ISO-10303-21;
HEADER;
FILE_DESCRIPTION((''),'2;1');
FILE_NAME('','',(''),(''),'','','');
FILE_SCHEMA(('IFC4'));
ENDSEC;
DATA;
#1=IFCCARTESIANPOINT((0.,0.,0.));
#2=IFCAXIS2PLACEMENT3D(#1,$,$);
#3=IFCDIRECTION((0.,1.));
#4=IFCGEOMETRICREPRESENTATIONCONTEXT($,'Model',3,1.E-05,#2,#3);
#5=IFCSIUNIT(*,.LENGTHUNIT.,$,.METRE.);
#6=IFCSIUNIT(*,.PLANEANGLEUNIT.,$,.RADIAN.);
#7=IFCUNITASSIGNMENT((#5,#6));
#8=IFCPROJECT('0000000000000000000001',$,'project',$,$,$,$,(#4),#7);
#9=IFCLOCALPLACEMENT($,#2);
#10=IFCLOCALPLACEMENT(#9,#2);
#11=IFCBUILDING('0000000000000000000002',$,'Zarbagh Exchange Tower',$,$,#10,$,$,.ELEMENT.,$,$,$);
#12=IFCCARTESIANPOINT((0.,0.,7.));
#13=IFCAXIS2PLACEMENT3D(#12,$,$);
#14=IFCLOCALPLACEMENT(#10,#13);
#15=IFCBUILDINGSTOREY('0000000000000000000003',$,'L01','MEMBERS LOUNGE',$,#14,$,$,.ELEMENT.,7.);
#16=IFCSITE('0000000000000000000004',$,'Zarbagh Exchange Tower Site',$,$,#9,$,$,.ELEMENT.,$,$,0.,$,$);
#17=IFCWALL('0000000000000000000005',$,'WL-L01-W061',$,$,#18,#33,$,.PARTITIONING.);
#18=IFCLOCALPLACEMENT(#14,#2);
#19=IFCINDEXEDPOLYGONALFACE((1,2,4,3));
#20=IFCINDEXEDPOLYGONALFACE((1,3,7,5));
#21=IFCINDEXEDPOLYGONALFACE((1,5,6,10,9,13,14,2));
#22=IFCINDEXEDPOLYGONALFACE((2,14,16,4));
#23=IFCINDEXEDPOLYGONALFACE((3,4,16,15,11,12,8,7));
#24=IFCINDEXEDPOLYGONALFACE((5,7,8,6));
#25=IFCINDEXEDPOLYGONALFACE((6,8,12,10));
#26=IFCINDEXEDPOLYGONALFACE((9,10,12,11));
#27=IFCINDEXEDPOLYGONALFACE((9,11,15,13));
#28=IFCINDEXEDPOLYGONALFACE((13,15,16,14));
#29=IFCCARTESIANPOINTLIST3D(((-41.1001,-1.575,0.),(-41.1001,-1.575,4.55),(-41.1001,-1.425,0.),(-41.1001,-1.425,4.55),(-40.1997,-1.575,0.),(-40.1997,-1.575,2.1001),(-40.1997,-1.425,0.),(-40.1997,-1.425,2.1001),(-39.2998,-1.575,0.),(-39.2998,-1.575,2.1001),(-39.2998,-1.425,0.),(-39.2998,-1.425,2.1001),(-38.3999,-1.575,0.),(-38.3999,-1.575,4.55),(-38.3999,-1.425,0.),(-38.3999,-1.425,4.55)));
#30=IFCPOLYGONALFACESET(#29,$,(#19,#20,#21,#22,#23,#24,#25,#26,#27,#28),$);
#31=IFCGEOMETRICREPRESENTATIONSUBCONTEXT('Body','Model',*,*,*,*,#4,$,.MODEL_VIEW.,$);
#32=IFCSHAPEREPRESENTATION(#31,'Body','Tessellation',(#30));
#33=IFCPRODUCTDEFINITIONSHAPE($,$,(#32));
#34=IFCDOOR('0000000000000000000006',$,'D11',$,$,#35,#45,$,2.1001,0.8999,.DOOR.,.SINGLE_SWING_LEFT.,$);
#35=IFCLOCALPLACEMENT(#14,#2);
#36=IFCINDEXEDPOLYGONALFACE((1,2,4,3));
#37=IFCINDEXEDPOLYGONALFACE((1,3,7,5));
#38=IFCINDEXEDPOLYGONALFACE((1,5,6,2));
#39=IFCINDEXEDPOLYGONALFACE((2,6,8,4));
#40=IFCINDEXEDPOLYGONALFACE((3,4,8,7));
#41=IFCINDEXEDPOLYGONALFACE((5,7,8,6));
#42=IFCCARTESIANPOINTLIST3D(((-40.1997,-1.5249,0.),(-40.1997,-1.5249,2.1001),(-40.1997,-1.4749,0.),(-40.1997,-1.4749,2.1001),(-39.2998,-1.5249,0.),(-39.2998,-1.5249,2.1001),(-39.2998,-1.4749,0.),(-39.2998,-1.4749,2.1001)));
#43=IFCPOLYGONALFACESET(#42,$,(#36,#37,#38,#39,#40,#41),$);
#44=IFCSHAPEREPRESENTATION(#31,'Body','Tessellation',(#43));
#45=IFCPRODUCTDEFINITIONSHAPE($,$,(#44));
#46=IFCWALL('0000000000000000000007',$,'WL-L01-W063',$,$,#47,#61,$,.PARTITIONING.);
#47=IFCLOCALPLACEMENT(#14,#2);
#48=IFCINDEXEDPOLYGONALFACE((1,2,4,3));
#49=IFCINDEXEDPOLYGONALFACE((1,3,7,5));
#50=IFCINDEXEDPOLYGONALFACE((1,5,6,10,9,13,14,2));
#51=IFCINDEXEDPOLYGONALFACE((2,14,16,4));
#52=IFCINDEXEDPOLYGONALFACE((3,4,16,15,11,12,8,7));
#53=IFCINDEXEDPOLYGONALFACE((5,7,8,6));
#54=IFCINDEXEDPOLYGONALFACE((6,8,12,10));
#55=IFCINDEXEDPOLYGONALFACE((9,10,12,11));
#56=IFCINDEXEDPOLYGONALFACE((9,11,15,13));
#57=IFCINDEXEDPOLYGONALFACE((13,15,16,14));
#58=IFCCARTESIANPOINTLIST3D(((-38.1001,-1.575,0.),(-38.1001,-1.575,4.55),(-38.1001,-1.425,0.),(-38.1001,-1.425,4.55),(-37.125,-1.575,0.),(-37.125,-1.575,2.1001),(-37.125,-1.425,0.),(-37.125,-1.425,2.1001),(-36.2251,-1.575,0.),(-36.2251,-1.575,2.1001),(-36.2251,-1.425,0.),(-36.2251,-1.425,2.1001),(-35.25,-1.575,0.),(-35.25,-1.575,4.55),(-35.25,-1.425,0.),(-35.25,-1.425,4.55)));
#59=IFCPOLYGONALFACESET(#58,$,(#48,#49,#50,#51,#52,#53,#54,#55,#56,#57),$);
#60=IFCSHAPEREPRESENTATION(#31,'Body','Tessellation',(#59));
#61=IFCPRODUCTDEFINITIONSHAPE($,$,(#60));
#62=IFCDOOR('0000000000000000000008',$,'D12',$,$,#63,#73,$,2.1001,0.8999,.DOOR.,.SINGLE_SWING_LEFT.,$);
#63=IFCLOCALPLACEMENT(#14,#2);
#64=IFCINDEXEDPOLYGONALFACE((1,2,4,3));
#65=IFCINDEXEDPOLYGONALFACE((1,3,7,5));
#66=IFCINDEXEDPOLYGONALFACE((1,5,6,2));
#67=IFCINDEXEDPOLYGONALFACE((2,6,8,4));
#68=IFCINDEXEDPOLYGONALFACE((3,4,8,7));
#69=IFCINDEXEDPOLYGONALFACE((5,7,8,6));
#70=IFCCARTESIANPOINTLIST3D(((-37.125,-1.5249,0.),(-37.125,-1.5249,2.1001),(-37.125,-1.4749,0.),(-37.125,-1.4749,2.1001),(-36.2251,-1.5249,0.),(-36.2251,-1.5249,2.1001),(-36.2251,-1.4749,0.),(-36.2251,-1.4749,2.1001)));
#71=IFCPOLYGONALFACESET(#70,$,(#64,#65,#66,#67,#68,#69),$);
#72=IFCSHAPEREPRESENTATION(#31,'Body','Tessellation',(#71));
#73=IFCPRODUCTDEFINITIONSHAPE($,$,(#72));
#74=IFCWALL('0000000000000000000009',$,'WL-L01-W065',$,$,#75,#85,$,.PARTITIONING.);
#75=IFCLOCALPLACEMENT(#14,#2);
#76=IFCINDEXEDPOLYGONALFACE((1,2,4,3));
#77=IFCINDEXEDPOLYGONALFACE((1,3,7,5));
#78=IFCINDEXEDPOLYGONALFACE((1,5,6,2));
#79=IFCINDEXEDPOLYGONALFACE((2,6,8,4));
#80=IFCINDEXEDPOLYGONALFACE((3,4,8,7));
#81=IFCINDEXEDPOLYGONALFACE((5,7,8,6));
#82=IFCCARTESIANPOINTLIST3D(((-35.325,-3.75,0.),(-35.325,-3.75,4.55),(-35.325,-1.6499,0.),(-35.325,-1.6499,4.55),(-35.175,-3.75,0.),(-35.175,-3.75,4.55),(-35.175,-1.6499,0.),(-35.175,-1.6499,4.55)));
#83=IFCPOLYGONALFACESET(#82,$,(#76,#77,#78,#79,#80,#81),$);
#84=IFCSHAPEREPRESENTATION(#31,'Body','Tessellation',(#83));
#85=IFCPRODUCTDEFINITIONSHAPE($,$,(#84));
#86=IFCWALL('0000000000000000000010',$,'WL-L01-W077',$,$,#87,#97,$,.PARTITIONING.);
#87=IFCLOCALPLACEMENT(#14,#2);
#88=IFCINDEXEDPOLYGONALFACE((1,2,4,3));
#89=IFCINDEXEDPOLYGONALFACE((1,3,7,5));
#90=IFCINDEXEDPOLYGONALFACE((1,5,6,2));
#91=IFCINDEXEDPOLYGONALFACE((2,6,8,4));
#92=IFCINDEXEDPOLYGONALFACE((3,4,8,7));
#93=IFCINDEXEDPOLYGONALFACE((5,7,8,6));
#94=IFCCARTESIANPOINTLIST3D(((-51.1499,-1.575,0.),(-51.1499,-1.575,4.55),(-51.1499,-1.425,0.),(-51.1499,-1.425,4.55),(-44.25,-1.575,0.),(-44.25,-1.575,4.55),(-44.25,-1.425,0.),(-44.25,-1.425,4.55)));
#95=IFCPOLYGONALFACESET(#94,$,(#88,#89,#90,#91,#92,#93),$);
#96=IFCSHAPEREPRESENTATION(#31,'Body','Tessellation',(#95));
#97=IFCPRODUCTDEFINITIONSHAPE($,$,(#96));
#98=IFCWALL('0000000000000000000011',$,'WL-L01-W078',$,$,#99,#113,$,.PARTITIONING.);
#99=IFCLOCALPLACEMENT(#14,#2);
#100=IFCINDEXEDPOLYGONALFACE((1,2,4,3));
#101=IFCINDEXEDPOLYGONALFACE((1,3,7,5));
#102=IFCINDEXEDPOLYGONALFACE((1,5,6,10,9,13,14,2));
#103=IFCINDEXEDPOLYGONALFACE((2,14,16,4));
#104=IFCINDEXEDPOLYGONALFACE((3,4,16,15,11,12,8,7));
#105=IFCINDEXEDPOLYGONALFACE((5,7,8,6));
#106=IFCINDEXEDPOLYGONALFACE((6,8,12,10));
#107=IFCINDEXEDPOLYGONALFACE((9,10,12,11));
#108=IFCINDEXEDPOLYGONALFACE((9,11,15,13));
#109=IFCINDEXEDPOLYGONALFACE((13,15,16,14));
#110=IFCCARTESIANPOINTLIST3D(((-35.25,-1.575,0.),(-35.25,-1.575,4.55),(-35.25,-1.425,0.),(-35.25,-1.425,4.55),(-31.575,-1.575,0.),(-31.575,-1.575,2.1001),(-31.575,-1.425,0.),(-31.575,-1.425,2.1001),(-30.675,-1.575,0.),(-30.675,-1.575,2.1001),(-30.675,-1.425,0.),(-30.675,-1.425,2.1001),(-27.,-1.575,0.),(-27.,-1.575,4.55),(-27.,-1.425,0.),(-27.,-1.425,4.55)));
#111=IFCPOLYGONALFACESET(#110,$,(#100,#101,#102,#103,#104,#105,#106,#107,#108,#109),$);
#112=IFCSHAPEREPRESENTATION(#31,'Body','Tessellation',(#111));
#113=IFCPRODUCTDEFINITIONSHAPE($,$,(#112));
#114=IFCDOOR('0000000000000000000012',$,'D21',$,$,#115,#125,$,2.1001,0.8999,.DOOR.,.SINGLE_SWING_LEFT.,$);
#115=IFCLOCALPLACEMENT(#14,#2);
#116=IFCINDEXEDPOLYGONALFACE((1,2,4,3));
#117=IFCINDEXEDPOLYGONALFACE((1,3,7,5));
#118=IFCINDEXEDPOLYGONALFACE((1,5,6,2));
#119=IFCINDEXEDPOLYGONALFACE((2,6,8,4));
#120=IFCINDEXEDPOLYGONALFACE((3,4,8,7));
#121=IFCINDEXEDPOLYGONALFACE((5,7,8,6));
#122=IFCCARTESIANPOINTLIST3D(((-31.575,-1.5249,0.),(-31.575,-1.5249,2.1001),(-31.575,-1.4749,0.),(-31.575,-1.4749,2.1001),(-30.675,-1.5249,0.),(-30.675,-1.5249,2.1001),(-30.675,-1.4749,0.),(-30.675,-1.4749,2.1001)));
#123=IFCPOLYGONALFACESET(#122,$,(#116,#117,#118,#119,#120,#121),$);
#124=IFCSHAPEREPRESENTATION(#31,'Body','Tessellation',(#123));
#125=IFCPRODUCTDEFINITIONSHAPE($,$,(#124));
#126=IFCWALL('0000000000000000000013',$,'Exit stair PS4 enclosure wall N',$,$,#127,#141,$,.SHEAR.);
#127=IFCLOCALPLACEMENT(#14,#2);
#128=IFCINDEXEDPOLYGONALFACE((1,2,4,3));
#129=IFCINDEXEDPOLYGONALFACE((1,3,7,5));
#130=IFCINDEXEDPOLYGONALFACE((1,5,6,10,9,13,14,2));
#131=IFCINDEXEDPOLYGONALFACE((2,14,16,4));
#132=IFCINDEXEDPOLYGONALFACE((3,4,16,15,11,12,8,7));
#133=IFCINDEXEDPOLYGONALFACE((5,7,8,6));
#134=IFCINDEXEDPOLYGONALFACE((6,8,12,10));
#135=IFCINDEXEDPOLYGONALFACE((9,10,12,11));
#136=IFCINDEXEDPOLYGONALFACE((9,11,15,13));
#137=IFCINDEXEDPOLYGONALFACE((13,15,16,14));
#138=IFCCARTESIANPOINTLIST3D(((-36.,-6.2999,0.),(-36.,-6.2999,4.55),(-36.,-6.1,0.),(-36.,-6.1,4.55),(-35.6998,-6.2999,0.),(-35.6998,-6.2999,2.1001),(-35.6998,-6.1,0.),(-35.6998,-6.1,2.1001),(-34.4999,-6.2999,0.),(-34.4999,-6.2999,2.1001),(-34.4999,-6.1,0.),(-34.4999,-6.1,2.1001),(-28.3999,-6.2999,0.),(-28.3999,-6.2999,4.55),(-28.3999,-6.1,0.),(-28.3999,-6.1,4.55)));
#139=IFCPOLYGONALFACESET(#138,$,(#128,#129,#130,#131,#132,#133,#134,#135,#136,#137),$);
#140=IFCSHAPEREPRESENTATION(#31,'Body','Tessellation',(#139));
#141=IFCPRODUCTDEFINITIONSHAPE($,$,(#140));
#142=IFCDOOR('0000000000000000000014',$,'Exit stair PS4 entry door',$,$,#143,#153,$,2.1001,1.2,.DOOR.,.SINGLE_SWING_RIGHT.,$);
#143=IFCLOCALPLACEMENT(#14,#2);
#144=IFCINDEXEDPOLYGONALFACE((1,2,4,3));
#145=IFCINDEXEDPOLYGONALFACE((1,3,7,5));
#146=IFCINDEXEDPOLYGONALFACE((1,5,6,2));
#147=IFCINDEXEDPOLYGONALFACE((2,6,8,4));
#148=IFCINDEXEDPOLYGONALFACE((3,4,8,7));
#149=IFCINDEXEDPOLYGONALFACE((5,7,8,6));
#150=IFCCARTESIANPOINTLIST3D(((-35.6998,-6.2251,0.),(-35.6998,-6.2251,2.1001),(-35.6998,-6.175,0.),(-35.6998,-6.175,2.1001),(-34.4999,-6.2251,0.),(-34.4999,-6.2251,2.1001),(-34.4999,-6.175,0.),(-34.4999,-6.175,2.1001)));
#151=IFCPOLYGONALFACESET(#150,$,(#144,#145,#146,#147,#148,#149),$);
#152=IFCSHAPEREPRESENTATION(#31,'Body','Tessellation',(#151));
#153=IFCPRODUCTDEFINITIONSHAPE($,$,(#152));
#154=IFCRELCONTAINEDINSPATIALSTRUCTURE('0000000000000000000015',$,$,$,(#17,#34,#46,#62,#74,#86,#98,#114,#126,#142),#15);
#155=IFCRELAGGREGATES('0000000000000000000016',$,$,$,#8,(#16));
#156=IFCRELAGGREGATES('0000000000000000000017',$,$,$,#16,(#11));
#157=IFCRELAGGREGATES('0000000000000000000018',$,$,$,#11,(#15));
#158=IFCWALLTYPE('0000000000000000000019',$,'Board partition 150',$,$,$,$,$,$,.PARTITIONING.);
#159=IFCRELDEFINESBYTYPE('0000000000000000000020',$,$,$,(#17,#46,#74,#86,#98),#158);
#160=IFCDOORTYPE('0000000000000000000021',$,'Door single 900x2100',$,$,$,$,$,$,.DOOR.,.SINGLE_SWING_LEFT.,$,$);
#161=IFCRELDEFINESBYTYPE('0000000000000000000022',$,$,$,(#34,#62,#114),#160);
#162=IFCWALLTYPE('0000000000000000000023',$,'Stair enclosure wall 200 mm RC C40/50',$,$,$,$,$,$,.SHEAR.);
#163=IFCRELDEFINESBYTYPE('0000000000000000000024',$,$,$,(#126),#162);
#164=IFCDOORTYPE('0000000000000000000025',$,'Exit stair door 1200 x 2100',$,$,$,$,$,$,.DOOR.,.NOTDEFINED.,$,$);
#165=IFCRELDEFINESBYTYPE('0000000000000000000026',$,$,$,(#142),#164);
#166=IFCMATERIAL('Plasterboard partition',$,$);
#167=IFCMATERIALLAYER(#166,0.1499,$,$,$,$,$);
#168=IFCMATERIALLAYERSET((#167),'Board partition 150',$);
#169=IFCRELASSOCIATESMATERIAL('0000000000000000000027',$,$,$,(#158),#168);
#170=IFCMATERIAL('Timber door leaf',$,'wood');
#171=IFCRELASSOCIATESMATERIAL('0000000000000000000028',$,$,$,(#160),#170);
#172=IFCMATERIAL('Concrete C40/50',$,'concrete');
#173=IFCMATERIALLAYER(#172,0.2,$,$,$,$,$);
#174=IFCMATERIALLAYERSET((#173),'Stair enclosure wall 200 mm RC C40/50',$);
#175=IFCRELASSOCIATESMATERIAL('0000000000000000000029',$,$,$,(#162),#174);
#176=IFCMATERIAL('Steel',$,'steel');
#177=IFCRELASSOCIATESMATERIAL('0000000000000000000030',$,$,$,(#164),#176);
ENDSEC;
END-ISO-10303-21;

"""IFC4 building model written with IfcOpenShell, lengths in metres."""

from ifc_helpers import new_model, si_unit, direction, frame, frame_2d, origin, place, context, subcontext, project, spatial, rectangle, extrude, material, layer, layer_set, type_object, element, fill, save


model = new_model("IFC4")

# Units and contexts
model_context = context("Model", 3, precision=1e-05, world=origin(), true_north=direction((0.0, 1.0)))
body_context = subcontext(model_context, "Body", "Model", "MODEL_VIEW")
ifc_project = project(units=[si_unit("LENGTHUNIT", "METRE"), si_unit("PLANEANGLEUNIT", "RADIAN")], contexts=[model_context])

# Site, building, storey
site_placement = place(None, origin())
site = spatial("IfcSite", under=ifc_project, at=site_placement, Name="Zarbagh Exchange Tower Site", CompositionType="ELEMENT", RefElevation=0.0)
building_placement = place(site_placement, origin())
building = spatial("IfcBuilding", under=site, at=building_placement, Name="Zarbagh Exchange Tower", CompositionType="ELEMENT")
storey_placement = place(building_placement, frame((0.0, 0.0, 7.0)))
storey = spatial("IfcBuildingStorey", under=building, at=storey_placement, Name="L01", Description="MEMBERS LOUNGE", CompositionType="ELEMENT", Elevation=7.0)

# Shared definitions
ifc_material_1 = material(Name="Plasterboard partition")
ifc_layer_1 = layer(ifc_material_1, 0.1499)
ifc_layer_set_1 = layer_set([ifc_layer_1], Name="Board partition 150")
wall_type_1 = type_object("IfcWallType", Name="Board partition 150", PredefinedType="PARTITIONING", material=ifc_layer_set_1)

# Shared definitions
ifc_material_2 = material(Name="Timber door leaf", Category="wood")
door_type_1 = type_object("IfcDoorType", Name="Door single 900x2100", OperationType="SINGLE_SWING_LEFT", PredefinedType="DOOR", material=ifc_material_2)

# Walls, openings, doors
wall_1_placement = place(storey_placement, frame((-38.3999, -1.5, 0.0), z_axis=(0.0, 0.0, 1.0), x_axis=(-1.0, 0.0, 0.0)))
wall_1 = element("IfcWall", 1, at=wall_1_placement, inside=storey, type_object=wall_type_1, Name="WL-L01-W061", PredefinedType="PARTITIONING", context=body_context, shape_type="SweptSolid", body=[
    extrude(rectangle(XDim=2.7002, YDim=0.1499, at=frame_2d((1.3501, 0.0))), origin(), (0.0, 0.0, 1.0), 4.55),
])
opening_1_placement = place(wall_1_placement, frame((0.8999, 0.0, 0.0)))
opening_1 = element("IfcOpeningElement", 2, at=opening_1_placement, cuts=wall_1, PredefinedType="OPENING", context=body_context, shape_type="SweptSolid", body=[
    extrude(rectangle(XDim=0.8999, YDim=2.1001, at=frame_2d((0.45, 1.05))), frame((0.0, 0.085, 0.0), z_axis=(0.0, -1.0, 0.0), x_axis=(1.0, 0.0, 0.0)), (0.0, 0.0, 1.0), 0.1699),
])
door_1_placement = place(opening_1_placement, origin())
door_1 = element("IfcDoor", 3, at=door_1_placement, inside=storey, type_object=door_type_1, Name="D11", OperationType="SINGLE_SWING_LEFT", OverallHeight=2.1001, OverallWidth=0.8999, PredefinedType="DOOR", context=body_context, shape_type="SweptSolid", body=[
    extrude(rectangle(XDim=0.8999, YDim=2.1001, at=frame_2d((0.45, 1.05))), frame((0.0, 0.0249, 0.0), z_axis=(0.0, -1.0, 0.0), x_axis=(1.0, 0.0, 0.0)), (0.0, 0.0, 1.0), 0.05),
])
fill(opening_1, door_1)
wall_2_placement = place(storey_placement, frame((-35.25, -1.5, 0.0), z_axis=(0.0, 0.0, 1.0), x_axis=(-1.0, 0.0, 0.0)))
wall_2 = element("IfcWall", 4, at=wall_2_placement, inside=storey, type_object=wall_type_1, Name="WL-L01-W063", PredefinedType="PARTITIONING", context=body_context, shape_type="SweptSolid", body=[
    extrude(rectangle(XDim=2.8501, YDim=0.1499, at=frame_2d((1.425, 0.0))), origin(), (0.0, 0.0, 1.0), 4.55),
])
opening_2_placement = place(wall_2_placement, frame((0.9751, 0.0, 0.0)))
opening_2 = element("IfcOpeningElement", 5, at=opening_2_placement, cuts=wall_2, PredefinedType="OPENING", context=body_context, shape_type="SweptSolid", body=[
    extrude(rectangle(XDim=0.8999, YDim=2.1001, at=frame_2d((0.45, 1.05))), frame((0.0, 0.085, 0.0), z_axis=(0.0, -1.0, 0.0), x_axis=(1.0, 0.0, 0.0)), (0.0, 0.0, 1.0), 0.1699),
])
door_2_placement = place(opening_2_placement, origin())
door_2 = element("IfcDoor", 6, at=door_2_placement, inside=storey, type_object=door_type_1, Name="D12", OperationType="SINGLE_SWING_LEFT", OverallHeight=2.1001, OverallWidth=0.8999, PredefinedType="DOOR", context=body_context, shape_type="SweptSolid", body=[
    extrude(rectangle(XDim=0.8999, YDim=2.1001, at=frame_2d((0.45, 1.05))), frame((0.0, 0.0249, 0.0), z_axis=(0.0, -1.0, 0.0), x_axis=(1.0, 0.0, 0.0)), (0.0, 0.0, 1.0), 0.05),
])
fill(opening_2, door_2)

# Walls
wall_3_placement = place(storey_placement, frame((-35.25, -1.6499, 0.0), z_axis=(0.0, 0.0, 1.0), x_axis=(0.0, -1.0, 0.0)))
element("IfcWall", 7, at=wall_3_placement, inside=storey, type_object=wall_type_1, Name="WL-L01-W065", PredefinedType="PARTITIONING", context=body_context, shape_type="SweptSolid", body=[
    extrude(rectangle(XDim=2.1001, YDim=0.1499, at=frame_2d((1.05, 0.0))), origin(), (0.0, 0.0, 1.0), 4.55),
])
wall_4_placement = place(storey_placement, frame((-44.25, -1.5, 0.0), z_axis=(0.0, 0.0, 1.0), x_axis=(-1.0, 0.0, 0.0)))
element("IfcWall", 8, at=wall_4_placement, inside=storey, type_object=wall_type_1, Name="WL-L01-W077", PredefinedType="PARTITIONING", context=body_context, shape_type="SweptSolid", body=[
    extrude(rectangle(XDim=6.8999, YDim=0.1499, at=frame_2d((3.45, 0.0))), origin(), (0.0, 0.0, 1.0), 4.55),
])

# Walls, openings, doors
wall_5_placement = place(storey_placement, frame((-27.0, -1.5, 0.0), z_axis=(0.0, 0.0, 1.0), x_axis=(-1.0, 0.0, 0.0)))
wall_5 = element("IfcWall", 9, at=wall_5_placement, inside=storey, type_object=wall_type_1, Name="WL-L01-W078", PredefinedType="PARTITIONING", context=body_context, shape_type="SweptSolid", body=[
    extrude(rectangle(XDim=8.25, YDim=0.1499, at=frame_2d((4.125, 0.0))), origin(), (0.0, 0.0, 1.0), 4.55),
])
opening_3_placement = place(wall_5_placement, frame((3.675, 0.0, 0.0)))
opening_3 = element("IfcOpeningElement", 10, at=opening_3_placement, cuts=wall_5, PredefinedType="OPENING", context=body_context, shape_type="SweptSolid", body=[
    extrude(rectangle(XDim=0.8999, YDim=2.1001, at=frame_2d((0.45, 1.05))), frame((0.0, 0.085, 0.0), z_axis=(0.0, -1.0, 0.0), x_axis=(1.0, 0.0, 0.0)), (0.0, 0.0, 1.0), 0.1699),
])
door_3_placement = place(opening_3_placement, origin())
door_3 = element("IfcDoor", 11, at=door_3_placement, inside=storey, type_object=door_type_1, Name="D21", OperationType="SINGLE_SWING_LEFT", OverallHeight=2.1001, OverallWidth=0.8999, PredefinedType="DOOR", context=body_context, shape_type="SweptSolid", body=[
    extrude(rectangle(XDim=0.8999, YDim=2.1001, at=frame_2d((0.45, 1.05))), frame((0.0, 0.0249, 0.0), z_axis=(0.0, -1.0, 0.0), x_axis=(1.0, 0.0, 0.0)), (0.0, 0.0, 1.0), 0.05),
])
fill(opening_3, door_3)
ifc_material_3 = material(Name="Concrete C40/50", Category="concrete")
ifc_layer_2 = layer(ifc_material_3, 0.2)
ifc_layer_set_2 = layer_set([ifc_layer_2], Name="Stair enclosure wall 200 mm RC C40/50")
wall_type_2 = type_object("IfcWallType", Name="Stair enclosure wall 200 mm RC C40/50", PredefinedType="SHEAR", material=ifc_layer_set_2)
wall_6_placement = place(storey_placement, frame((-36.0, -6.2, 0.0), z_axis=(0.0, 0.0, 1.0), x_axis=(1.0, 0.0, 0.0)))
wall_6 = element("IfcWall", 12, at=wall_6_placement, inside=storey, type_object=wall_type_2, Name="Exit stair PS4 enclosure wall N", PredefinedType="SHEAR", context=body_context, shape_type="SweptSolid", body=[
    extrude(rectangle(XDim=7.6001, YDim=0.2, at=frame_2d((3.8, 0.0))), origin(), (0.0, 0.0, 1.0), 4.55),
])
opening_4_placement = place(wall_6_placement, frame((0.3, 0.0, 0.0)))
opening_4 = element("IfcOpeningElement", 13, at=opening_4_placement, cuts=wall_6, PredefinedType="OPENING", context=body_context, shape_type="SweptSolid", body=[
    extrude(rectangle(XDim=1.2, YDim=2.1001, at=frame_2d((0.6001, 1.05))), frame((0.0, 0.1099, 0.0), z_axis=(0.0, -1.0, 0.0), x_axis=(1.0, 0.0, 0.0)), (0.0, 0.0, 1.0), 0.22),
])
ifc_material_4 = material(Name="Steel", Category="steel")
door_type_2 = type_object("IfcDoorType", Name="Exit stair door 1200 x 2100", OperationType="NOTDEFINED", PredefinedType="DOOR", material=ifc_material_4)
door_4_placement = place(opening_4_placement, origin())
door_4 = element("IfcDoor", 14, at=door_4_placement, inside=storey, type_object=door_type_2, Name="Exit stair PS4 entry door", OperationType="SINGLE_SWING_RIGHT", OverallHeight=2.1001, OverallWidth=1.2, PredefinedType="DOOR", context=body_context, shape_type="SweptSolid", body=[
    extrude(rectangle(XDim=1.2, YDim=2.1001, at=frame_2d((0.6001, 1.05))), frame((0.0, 0.0249, 0.0), z_axis=(0.0, -1.0, 0.0), x_axis=(1.0, 0.0, 0.0)), (0.0, 0.0, 1.0), 0.05),
])
fill(opening_4, door_4)

save(model, "model.ifc")
